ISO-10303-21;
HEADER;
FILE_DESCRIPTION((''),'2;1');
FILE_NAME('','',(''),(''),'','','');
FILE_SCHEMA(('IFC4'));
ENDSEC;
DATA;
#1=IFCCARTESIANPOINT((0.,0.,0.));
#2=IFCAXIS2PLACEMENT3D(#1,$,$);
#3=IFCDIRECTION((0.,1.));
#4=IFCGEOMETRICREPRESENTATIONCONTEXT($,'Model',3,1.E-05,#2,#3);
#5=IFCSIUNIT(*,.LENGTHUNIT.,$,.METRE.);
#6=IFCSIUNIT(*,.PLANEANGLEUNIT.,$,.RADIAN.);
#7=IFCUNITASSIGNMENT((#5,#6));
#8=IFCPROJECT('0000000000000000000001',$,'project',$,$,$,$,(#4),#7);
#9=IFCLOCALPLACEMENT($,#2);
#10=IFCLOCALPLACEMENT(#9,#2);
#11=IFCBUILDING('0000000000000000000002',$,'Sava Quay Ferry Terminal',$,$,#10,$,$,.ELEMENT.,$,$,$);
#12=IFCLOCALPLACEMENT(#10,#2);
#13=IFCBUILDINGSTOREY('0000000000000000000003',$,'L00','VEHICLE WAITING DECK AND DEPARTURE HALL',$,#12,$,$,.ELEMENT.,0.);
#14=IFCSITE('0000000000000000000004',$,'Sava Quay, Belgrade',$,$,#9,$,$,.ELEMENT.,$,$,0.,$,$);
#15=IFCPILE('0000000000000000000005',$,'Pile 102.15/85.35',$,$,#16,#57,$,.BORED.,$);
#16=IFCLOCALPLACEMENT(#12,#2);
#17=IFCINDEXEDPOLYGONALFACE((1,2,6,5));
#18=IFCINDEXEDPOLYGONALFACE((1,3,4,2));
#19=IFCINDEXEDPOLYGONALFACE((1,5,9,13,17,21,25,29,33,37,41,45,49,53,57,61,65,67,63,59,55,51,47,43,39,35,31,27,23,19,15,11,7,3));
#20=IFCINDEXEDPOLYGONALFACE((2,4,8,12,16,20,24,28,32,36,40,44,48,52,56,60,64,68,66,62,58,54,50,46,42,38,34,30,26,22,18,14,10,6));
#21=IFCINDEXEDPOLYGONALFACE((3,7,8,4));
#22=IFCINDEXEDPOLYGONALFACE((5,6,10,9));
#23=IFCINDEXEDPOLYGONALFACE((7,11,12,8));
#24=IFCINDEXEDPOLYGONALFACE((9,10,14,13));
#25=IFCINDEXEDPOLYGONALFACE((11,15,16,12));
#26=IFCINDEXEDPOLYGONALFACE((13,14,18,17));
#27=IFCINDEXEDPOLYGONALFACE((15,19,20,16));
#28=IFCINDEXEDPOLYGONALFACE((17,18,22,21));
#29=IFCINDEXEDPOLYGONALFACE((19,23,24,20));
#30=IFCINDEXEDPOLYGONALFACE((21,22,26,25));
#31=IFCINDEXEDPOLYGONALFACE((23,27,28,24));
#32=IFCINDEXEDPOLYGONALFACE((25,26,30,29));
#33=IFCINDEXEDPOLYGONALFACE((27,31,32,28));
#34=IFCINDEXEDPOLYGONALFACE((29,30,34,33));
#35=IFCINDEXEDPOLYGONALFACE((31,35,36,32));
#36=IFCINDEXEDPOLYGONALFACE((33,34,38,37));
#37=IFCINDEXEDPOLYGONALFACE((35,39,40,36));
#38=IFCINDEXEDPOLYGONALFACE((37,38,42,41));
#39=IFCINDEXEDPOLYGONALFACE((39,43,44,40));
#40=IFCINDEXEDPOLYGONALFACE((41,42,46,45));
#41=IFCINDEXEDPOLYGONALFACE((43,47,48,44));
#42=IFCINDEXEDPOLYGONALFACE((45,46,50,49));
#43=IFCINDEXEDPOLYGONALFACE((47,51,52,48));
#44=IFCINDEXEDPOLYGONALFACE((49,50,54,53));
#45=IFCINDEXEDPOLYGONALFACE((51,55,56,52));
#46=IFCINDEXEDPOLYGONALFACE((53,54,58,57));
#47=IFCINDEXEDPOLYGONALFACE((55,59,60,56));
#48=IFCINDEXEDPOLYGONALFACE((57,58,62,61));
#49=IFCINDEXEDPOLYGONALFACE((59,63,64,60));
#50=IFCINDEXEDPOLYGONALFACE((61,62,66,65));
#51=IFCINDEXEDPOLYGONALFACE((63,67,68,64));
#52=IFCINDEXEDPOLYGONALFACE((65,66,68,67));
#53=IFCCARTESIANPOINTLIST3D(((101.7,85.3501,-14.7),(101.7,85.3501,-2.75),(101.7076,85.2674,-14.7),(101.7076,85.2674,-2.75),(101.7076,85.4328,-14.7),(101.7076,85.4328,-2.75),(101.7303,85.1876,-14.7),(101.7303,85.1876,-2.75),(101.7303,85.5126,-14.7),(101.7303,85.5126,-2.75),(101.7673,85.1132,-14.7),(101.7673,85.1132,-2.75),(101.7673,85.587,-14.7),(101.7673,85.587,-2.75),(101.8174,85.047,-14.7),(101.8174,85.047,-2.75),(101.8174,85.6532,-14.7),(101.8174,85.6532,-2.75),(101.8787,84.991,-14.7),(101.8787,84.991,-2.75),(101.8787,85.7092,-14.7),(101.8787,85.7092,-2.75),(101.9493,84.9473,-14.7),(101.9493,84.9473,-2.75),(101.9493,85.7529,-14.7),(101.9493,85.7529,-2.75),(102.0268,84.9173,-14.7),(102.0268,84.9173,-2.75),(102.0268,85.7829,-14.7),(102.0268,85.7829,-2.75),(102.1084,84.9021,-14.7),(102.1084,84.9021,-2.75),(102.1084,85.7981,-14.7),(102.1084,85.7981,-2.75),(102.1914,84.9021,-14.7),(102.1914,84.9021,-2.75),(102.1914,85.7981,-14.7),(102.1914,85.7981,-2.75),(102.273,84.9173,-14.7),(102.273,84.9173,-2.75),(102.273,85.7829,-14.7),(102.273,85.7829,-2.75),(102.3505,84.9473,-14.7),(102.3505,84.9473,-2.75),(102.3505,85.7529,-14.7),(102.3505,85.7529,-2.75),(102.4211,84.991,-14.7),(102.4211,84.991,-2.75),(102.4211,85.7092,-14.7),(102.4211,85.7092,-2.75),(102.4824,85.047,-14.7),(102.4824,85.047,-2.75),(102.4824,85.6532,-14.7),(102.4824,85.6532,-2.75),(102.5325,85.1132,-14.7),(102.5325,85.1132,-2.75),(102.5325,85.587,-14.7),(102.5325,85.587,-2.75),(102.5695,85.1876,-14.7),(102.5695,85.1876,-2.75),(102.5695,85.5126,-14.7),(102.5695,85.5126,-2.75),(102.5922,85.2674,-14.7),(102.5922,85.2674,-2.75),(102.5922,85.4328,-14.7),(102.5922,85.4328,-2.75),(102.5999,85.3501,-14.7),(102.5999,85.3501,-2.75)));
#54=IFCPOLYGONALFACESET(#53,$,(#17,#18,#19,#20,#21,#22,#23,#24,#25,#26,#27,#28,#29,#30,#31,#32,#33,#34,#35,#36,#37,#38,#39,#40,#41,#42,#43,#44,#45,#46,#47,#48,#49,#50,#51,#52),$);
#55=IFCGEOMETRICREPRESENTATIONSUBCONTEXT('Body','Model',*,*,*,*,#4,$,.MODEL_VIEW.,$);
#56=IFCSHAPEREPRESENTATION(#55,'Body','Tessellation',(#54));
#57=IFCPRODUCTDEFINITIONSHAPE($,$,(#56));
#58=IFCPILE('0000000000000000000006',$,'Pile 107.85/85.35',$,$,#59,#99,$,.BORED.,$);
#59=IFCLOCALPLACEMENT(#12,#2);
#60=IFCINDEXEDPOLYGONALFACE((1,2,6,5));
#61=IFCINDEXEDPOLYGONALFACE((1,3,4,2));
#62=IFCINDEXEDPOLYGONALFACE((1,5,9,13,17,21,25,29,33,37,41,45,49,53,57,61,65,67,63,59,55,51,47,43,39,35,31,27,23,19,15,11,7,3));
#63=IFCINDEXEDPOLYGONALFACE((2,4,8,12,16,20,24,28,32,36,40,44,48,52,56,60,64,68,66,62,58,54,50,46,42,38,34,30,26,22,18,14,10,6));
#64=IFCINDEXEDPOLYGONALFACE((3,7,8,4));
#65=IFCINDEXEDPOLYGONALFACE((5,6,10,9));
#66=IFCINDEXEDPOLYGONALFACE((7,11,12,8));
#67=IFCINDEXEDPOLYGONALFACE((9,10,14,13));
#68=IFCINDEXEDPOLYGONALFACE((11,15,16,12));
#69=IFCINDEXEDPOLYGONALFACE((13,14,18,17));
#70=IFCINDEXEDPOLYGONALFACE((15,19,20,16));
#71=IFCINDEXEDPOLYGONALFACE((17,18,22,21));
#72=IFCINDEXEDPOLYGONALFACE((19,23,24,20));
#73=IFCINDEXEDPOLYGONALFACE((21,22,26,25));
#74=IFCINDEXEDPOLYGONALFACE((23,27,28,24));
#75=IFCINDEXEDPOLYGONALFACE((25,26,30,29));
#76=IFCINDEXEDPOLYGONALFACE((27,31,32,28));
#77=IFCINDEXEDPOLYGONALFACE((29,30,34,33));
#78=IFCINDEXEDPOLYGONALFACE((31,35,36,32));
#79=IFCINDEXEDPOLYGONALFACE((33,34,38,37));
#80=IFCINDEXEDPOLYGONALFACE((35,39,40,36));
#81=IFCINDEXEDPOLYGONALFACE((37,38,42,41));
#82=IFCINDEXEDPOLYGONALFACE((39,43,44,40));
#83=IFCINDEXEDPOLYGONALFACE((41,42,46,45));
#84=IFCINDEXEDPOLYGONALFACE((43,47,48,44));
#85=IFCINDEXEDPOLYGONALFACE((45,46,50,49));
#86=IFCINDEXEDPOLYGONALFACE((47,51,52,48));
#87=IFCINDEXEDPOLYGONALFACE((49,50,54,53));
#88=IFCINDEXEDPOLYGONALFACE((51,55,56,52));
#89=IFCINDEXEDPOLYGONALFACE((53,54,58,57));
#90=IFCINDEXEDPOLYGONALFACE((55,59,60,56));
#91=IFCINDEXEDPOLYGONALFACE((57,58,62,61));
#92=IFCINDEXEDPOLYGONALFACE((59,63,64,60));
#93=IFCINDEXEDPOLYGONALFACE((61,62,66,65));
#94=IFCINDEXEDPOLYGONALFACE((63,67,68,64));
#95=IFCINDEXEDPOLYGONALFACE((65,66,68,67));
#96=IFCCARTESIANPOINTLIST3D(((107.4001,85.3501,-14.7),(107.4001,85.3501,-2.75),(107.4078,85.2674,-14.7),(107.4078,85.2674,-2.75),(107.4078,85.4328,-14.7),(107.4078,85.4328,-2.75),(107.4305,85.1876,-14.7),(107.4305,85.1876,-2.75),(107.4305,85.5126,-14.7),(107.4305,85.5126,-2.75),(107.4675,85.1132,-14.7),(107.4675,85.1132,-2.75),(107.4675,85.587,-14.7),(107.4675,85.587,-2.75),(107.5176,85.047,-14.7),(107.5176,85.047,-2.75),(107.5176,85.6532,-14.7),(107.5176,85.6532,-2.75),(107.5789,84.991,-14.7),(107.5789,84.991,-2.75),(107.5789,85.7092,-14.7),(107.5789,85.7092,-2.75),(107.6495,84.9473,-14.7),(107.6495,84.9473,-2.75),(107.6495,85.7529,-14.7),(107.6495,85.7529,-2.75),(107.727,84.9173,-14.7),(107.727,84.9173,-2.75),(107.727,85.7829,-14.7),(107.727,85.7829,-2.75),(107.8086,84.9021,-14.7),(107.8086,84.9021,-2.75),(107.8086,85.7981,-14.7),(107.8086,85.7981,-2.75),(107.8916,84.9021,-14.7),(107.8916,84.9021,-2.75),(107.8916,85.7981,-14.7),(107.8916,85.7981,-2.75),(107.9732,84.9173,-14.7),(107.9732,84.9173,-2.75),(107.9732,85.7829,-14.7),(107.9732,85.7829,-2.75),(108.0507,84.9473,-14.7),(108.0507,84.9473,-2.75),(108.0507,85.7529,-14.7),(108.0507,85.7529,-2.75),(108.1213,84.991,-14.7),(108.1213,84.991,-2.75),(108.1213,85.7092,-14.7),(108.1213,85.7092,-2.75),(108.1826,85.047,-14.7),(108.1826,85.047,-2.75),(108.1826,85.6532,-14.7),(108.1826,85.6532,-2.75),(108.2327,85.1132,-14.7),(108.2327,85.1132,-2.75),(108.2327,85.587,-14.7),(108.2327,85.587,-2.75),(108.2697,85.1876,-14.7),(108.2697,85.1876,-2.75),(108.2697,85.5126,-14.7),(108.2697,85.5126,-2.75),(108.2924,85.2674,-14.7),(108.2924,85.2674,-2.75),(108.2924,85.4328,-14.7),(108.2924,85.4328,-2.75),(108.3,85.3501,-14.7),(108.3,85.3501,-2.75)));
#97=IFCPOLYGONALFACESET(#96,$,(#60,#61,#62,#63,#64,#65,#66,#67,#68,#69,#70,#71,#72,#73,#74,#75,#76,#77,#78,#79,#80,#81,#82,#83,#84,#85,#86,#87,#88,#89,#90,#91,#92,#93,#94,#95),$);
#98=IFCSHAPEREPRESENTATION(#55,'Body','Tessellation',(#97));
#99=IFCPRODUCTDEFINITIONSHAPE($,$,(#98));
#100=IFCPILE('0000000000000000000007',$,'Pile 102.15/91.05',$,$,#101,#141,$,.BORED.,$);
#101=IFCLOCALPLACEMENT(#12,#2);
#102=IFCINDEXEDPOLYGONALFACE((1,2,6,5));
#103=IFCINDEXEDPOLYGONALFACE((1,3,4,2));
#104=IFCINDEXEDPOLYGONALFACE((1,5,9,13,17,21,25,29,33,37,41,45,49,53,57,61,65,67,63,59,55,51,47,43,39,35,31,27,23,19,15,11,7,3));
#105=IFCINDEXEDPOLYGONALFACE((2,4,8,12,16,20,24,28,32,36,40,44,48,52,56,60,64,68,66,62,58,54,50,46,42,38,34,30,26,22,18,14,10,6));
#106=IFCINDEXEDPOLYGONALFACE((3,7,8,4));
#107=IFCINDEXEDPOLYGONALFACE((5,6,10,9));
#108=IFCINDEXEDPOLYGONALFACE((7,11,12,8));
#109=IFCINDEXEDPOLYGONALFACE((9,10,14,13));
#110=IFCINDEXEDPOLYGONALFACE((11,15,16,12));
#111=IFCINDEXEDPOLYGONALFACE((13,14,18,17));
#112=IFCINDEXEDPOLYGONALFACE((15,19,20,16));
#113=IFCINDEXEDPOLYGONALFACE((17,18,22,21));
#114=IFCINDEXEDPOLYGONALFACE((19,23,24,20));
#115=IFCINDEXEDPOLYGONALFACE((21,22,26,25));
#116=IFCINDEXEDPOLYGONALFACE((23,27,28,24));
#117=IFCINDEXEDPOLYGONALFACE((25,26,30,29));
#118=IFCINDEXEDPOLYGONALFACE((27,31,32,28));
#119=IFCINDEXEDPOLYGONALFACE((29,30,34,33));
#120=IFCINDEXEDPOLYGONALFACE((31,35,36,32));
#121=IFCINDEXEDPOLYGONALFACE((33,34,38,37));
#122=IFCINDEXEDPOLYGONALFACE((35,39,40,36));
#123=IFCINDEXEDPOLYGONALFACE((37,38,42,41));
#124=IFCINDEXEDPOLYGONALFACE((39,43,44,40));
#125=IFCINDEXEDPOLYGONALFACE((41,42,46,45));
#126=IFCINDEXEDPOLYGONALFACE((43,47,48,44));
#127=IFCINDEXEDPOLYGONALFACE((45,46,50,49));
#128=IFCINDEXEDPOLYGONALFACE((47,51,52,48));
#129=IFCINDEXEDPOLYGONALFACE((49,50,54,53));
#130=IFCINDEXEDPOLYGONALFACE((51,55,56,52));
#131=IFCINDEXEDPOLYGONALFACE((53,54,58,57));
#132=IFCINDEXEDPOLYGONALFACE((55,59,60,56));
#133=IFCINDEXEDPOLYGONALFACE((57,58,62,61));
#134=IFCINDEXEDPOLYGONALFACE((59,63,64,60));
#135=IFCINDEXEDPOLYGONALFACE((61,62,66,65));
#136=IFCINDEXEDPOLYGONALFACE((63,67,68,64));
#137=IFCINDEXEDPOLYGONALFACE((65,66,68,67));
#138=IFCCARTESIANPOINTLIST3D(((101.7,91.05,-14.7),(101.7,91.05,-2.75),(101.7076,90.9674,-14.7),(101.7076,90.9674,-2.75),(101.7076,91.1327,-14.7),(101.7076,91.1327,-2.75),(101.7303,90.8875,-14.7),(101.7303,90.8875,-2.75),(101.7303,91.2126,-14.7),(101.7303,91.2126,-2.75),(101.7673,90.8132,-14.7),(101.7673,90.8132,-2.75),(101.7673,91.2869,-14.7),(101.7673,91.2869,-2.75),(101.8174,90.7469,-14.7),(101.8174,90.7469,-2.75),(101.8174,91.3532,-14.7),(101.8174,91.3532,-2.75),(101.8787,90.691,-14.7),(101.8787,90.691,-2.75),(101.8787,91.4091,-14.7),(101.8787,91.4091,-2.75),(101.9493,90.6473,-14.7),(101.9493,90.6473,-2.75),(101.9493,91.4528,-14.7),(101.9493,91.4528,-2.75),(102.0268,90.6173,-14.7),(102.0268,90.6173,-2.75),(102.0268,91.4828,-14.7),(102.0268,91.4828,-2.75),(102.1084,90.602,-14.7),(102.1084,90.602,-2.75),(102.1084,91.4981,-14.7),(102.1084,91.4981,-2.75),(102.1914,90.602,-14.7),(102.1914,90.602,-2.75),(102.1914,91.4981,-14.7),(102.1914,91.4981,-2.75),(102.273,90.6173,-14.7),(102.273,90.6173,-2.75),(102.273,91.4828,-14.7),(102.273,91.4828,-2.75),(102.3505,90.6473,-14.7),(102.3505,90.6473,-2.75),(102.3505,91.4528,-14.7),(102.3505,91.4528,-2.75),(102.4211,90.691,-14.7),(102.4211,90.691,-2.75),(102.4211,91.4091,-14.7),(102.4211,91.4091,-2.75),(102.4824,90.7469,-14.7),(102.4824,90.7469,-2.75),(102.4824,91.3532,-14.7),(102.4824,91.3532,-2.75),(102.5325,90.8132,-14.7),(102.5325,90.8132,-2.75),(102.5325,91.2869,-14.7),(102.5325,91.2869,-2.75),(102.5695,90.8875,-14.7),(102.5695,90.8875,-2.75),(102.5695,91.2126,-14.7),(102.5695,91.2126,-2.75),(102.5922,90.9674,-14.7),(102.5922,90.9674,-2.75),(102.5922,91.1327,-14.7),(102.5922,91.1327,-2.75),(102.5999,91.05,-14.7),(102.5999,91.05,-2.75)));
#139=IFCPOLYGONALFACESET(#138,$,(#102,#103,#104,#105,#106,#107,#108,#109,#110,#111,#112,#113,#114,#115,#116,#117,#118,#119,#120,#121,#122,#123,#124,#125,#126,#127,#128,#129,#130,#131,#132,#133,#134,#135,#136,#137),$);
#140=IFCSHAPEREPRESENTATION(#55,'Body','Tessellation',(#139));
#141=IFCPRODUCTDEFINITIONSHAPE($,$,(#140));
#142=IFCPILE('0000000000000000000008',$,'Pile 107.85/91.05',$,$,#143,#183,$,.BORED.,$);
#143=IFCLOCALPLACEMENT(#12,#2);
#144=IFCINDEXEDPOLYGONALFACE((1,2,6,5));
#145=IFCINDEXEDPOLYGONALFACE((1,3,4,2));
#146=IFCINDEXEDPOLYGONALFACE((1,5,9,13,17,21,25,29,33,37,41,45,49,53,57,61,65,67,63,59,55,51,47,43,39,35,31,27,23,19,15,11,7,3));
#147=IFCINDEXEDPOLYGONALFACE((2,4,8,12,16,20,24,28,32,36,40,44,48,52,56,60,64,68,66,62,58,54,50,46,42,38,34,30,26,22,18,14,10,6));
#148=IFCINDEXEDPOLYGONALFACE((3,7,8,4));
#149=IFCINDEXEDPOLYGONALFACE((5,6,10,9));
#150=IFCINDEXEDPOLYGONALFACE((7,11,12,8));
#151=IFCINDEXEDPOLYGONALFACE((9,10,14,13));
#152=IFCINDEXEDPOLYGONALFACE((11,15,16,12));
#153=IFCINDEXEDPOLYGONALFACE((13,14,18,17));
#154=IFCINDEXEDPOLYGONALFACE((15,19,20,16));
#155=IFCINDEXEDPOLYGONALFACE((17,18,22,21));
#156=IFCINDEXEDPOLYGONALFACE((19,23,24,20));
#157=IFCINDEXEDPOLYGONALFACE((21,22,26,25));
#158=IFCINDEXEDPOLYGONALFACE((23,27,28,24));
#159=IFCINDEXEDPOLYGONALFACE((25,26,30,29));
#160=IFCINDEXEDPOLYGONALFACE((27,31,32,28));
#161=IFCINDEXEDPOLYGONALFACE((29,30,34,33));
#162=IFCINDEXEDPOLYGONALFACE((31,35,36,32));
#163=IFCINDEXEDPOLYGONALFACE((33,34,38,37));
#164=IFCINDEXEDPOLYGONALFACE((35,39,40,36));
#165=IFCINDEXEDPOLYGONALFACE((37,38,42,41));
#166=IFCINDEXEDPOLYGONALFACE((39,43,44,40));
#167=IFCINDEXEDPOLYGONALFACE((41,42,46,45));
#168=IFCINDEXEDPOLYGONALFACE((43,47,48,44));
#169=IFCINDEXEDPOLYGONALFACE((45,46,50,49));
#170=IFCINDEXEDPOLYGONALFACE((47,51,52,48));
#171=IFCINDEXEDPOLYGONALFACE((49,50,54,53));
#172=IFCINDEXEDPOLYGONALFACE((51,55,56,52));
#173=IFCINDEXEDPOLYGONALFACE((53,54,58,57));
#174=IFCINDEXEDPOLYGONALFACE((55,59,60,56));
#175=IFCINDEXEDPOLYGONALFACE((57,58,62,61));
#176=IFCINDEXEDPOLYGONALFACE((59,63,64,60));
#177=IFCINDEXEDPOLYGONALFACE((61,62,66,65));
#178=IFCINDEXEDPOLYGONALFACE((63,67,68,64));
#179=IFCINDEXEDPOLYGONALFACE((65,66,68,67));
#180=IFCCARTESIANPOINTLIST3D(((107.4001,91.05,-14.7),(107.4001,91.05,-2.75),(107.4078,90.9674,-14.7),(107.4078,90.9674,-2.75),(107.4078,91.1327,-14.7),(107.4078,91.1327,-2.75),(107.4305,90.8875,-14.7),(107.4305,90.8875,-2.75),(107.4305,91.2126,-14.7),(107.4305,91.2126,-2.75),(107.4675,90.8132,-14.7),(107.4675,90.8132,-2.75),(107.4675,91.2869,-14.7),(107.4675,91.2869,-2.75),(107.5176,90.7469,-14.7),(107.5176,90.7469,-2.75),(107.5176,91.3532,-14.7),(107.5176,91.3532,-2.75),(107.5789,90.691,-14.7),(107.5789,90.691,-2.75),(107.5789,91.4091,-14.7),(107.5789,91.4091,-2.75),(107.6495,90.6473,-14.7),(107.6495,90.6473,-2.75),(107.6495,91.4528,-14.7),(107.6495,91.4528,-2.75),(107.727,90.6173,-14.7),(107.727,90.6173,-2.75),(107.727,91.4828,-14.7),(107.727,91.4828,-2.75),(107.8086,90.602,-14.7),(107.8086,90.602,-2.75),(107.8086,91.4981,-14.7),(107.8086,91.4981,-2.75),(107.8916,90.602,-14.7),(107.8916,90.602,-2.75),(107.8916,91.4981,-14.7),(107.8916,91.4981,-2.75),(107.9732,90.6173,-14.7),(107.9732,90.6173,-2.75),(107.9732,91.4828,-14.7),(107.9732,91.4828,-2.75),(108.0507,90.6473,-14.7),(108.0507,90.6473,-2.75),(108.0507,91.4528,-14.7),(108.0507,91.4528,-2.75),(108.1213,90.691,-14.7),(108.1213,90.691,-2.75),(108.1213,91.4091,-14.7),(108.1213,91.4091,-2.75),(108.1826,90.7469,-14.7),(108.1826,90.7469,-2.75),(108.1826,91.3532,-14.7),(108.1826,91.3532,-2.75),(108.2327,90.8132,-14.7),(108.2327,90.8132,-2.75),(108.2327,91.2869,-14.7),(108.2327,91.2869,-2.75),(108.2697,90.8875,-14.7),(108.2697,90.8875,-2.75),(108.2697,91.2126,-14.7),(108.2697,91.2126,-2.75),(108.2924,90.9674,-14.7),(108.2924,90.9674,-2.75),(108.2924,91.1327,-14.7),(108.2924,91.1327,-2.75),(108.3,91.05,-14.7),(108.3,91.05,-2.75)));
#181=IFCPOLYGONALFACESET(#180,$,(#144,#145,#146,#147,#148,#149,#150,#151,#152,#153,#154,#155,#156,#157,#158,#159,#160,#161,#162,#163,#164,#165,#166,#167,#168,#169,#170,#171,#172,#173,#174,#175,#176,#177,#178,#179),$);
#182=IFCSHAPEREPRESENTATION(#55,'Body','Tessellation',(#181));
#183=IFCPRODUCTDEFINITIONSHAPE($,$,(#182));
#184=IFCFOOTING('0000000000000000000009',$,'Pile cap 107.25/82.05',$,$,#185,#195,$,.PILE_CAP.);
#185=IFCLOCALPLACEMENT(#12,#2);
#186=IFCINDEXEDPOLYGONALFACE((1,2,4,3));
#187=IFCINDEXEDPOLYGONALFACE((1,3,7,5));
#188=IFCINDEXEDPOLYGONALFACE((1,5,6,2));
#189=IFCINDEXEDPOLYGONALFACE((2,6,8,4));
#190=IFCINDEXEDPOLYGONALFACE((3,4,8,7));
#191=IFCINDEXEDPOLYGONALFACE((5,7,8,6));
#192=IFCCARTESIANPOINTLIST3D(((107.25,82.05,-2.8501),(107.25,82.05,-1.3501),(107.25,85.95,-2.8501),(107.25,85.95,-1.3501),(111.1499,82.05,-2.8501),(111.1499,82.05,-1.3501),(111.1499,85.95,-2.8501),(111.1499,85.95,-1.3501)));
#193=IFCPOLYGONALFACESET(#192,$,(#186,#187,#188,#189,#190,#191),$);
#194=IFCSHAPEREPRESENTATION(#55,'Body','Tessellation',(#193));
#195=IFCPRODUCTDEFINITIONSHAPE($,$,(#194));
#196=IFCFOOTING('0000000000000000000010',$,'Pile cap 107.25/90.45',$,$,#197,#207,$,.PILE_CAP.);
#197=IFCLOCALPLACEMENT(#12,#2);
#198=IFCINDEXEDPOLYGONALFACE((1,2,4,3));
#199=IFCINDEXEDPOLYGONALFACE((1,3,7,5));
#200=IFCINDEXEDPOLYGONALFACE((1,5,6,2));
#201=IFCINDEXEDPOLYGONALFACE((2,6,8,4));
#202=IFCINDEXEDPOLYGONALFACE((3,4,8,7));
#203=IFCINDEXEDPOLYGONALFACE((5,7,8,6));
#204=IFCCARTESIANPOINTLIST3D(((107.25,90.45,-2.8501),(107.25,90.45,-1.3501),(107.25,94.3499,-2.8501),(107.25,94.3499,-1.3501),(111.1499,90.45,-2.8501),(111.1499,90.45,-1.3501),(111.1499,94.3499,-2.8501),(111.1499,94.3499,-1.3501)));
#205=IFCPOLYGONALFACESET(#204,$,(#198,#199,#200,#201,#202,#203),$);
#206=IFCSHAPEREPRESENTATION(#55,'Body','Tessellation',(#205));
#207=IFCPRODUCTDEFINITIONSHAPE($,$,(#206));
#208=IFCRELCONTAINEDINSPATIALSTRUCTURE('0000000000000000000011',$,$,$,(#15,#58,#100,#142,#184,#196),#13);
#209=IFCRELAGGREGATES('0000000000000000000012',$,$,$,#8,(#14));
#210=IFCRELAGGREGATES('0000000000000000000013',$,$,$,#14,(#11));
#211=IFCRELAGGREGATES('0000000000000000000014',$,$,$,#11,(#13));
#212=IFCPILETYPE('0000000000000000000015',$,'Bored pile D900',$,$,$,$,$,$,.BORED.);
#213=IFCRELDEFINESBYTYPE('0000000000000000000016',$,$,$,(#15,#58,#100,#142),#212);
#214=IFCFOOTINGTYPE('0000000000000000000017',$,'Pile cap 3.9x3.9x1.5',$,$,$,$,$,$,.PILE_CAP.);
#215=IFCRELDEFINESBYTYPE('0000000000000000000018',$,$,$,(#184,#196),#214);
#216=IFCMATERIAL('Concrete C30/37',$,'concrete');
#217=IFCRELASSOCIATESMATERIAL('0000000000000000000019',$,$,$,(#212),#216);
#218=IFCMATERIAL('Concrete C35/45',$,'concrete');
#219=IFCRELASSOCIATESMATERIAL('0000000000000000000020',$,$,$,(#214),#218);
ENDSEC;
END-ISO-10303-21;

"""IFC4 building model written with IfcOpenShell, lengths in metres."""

from ifc_helpers import new_model, si_unit, direction, frame, origin, origin_2d, place, context, subcontext, project, spatial, rectangle, circle, extrude, material, material_profile, profile_set, type_object, element, save


model = new_model("IFC4")

# Units and contexts
model_context = context("Model", 3, precision=1e-05, world=origin(), true_north=direction((0.0, 1.0)))
body_context = subcontext(model_context, "Body", "Model", "MODEL_VIEW")
ifc_project = project(units=[si_unit("LENGTHUNIT", "METRE"), si_unit("PLANEANGLEUNIT", "RADIAN")], contexts=[model_context])

# Site, building, storey
site_placement = place(None, origin())
site = spatial("IfcSite", under=ifc_project, at=site_placement, Name="Sava Quay, Belgrade", CompositionType="ELEMENT", RefElevation=0.0)
building_placement = place(site_placement, origin())
building = spatial("IfcBuilding", under=site, at=building_placement, Name="Sava Quay Ferry Terminal", CompositionType="ELEMENT")
storey_placement = place(building_placement, origin())
storey = spatial("IfcBuildingStorey", under=building, at=storey_placement, Name="L00", Description="VEHICLE WAITING DECK AND DEPARTURE HALL", CompositionType="ELEMENT", Elevation=0.0)

# Piles
ifc_material_1 = material(Name="Concrete C30/37", Category="concrete")
ifc_material_profile_1 = material_profile(ifc_material_1, circle(Radius=0.45, at=origin_2d()), Name="Bored pile D900")
ifc_profile_set_1 = profile_set([ifc_material_profile_1], Name="Concrete C30/37")
pile_type = type_object("IfcPileType", Name="Bored pile D900", PredefinedType="BORED", material=ifc_profile_set_1)
for number, where, z_axis, x_axis, name in (
    (1, (102.1499, 85.3501, -2.75), (0.0, 0.0, -1.0), (1.0, 0.0, 0.0), "Pile 102.15/85.35"),
    (2, (107.8501, 85.3501, -2.75), (0.0, 0.0, -1.0), (1.0, 0.0, 0.0), "Pile 107.85/85.35"),
    (3, (102.1499, 91.05, -2.75), (0.0, 0.0, -1.0), (1.0, 0.0, 0.0), "Pile 102.15/91.05"),
    (4, (107.8501, 91.05, -2.75), (0.0, 0.0, -1.0), (1.0, 0.0, 0.0), "Pile 107.85/91.05"),
):
    element("IfcPile", number, at=place(storey_placement, frame(where, z_axis=z_axis, x_axis=x_axis)), inside=storey, type_object=pile_type, Name=name, PredefinedType="BORED", context=body_context, shape_type="SweptSolid", body=[
        extrude(circle(Radius=0.45, at=origin_2d()), origin(), (0.0, 0.0, 1.0), 11.95),
    ])

# Footings
ifc_material_2 = material(Name="Concrete C35/45", Category="concrete")
footing_type = type_object("IfcFootingType", Name="Pile cap 3.9x3.9x1.5", PredefinedType="PILE_CAP", material=ifc_material_2)
for number, where, z_axis, x_axis, name in (
    (5, (109.2, 84.0, -2.8501), (0.0, 0.0, 1.0), (1.0, 0.0, 0.0), "Pile cap 107.25/82.05"),
    (6, (109.2, 92.3999, -2.8501), (0.0, 0.0, 1.0), (1.0, 0.0, 0.0), "Pile cap 107.25/90.45"),
):
    element("IfcFooting", number, at=place(storey_placement, frame(where, z_axis=z_axis, x_axis=x_axis)), inside=storey, type_object=footing_type, Name=name, PredefinedType="PILE_CAP", context=body_context, shape_type="SweptSolid", body=[
        extrude(rectangle(XDim=3.8999, YDim=3.8999, at=origin_2d()), origin(), (0.0, 0.0, 1.0), 1.5),
    ])

save(model, "model.ifc")
